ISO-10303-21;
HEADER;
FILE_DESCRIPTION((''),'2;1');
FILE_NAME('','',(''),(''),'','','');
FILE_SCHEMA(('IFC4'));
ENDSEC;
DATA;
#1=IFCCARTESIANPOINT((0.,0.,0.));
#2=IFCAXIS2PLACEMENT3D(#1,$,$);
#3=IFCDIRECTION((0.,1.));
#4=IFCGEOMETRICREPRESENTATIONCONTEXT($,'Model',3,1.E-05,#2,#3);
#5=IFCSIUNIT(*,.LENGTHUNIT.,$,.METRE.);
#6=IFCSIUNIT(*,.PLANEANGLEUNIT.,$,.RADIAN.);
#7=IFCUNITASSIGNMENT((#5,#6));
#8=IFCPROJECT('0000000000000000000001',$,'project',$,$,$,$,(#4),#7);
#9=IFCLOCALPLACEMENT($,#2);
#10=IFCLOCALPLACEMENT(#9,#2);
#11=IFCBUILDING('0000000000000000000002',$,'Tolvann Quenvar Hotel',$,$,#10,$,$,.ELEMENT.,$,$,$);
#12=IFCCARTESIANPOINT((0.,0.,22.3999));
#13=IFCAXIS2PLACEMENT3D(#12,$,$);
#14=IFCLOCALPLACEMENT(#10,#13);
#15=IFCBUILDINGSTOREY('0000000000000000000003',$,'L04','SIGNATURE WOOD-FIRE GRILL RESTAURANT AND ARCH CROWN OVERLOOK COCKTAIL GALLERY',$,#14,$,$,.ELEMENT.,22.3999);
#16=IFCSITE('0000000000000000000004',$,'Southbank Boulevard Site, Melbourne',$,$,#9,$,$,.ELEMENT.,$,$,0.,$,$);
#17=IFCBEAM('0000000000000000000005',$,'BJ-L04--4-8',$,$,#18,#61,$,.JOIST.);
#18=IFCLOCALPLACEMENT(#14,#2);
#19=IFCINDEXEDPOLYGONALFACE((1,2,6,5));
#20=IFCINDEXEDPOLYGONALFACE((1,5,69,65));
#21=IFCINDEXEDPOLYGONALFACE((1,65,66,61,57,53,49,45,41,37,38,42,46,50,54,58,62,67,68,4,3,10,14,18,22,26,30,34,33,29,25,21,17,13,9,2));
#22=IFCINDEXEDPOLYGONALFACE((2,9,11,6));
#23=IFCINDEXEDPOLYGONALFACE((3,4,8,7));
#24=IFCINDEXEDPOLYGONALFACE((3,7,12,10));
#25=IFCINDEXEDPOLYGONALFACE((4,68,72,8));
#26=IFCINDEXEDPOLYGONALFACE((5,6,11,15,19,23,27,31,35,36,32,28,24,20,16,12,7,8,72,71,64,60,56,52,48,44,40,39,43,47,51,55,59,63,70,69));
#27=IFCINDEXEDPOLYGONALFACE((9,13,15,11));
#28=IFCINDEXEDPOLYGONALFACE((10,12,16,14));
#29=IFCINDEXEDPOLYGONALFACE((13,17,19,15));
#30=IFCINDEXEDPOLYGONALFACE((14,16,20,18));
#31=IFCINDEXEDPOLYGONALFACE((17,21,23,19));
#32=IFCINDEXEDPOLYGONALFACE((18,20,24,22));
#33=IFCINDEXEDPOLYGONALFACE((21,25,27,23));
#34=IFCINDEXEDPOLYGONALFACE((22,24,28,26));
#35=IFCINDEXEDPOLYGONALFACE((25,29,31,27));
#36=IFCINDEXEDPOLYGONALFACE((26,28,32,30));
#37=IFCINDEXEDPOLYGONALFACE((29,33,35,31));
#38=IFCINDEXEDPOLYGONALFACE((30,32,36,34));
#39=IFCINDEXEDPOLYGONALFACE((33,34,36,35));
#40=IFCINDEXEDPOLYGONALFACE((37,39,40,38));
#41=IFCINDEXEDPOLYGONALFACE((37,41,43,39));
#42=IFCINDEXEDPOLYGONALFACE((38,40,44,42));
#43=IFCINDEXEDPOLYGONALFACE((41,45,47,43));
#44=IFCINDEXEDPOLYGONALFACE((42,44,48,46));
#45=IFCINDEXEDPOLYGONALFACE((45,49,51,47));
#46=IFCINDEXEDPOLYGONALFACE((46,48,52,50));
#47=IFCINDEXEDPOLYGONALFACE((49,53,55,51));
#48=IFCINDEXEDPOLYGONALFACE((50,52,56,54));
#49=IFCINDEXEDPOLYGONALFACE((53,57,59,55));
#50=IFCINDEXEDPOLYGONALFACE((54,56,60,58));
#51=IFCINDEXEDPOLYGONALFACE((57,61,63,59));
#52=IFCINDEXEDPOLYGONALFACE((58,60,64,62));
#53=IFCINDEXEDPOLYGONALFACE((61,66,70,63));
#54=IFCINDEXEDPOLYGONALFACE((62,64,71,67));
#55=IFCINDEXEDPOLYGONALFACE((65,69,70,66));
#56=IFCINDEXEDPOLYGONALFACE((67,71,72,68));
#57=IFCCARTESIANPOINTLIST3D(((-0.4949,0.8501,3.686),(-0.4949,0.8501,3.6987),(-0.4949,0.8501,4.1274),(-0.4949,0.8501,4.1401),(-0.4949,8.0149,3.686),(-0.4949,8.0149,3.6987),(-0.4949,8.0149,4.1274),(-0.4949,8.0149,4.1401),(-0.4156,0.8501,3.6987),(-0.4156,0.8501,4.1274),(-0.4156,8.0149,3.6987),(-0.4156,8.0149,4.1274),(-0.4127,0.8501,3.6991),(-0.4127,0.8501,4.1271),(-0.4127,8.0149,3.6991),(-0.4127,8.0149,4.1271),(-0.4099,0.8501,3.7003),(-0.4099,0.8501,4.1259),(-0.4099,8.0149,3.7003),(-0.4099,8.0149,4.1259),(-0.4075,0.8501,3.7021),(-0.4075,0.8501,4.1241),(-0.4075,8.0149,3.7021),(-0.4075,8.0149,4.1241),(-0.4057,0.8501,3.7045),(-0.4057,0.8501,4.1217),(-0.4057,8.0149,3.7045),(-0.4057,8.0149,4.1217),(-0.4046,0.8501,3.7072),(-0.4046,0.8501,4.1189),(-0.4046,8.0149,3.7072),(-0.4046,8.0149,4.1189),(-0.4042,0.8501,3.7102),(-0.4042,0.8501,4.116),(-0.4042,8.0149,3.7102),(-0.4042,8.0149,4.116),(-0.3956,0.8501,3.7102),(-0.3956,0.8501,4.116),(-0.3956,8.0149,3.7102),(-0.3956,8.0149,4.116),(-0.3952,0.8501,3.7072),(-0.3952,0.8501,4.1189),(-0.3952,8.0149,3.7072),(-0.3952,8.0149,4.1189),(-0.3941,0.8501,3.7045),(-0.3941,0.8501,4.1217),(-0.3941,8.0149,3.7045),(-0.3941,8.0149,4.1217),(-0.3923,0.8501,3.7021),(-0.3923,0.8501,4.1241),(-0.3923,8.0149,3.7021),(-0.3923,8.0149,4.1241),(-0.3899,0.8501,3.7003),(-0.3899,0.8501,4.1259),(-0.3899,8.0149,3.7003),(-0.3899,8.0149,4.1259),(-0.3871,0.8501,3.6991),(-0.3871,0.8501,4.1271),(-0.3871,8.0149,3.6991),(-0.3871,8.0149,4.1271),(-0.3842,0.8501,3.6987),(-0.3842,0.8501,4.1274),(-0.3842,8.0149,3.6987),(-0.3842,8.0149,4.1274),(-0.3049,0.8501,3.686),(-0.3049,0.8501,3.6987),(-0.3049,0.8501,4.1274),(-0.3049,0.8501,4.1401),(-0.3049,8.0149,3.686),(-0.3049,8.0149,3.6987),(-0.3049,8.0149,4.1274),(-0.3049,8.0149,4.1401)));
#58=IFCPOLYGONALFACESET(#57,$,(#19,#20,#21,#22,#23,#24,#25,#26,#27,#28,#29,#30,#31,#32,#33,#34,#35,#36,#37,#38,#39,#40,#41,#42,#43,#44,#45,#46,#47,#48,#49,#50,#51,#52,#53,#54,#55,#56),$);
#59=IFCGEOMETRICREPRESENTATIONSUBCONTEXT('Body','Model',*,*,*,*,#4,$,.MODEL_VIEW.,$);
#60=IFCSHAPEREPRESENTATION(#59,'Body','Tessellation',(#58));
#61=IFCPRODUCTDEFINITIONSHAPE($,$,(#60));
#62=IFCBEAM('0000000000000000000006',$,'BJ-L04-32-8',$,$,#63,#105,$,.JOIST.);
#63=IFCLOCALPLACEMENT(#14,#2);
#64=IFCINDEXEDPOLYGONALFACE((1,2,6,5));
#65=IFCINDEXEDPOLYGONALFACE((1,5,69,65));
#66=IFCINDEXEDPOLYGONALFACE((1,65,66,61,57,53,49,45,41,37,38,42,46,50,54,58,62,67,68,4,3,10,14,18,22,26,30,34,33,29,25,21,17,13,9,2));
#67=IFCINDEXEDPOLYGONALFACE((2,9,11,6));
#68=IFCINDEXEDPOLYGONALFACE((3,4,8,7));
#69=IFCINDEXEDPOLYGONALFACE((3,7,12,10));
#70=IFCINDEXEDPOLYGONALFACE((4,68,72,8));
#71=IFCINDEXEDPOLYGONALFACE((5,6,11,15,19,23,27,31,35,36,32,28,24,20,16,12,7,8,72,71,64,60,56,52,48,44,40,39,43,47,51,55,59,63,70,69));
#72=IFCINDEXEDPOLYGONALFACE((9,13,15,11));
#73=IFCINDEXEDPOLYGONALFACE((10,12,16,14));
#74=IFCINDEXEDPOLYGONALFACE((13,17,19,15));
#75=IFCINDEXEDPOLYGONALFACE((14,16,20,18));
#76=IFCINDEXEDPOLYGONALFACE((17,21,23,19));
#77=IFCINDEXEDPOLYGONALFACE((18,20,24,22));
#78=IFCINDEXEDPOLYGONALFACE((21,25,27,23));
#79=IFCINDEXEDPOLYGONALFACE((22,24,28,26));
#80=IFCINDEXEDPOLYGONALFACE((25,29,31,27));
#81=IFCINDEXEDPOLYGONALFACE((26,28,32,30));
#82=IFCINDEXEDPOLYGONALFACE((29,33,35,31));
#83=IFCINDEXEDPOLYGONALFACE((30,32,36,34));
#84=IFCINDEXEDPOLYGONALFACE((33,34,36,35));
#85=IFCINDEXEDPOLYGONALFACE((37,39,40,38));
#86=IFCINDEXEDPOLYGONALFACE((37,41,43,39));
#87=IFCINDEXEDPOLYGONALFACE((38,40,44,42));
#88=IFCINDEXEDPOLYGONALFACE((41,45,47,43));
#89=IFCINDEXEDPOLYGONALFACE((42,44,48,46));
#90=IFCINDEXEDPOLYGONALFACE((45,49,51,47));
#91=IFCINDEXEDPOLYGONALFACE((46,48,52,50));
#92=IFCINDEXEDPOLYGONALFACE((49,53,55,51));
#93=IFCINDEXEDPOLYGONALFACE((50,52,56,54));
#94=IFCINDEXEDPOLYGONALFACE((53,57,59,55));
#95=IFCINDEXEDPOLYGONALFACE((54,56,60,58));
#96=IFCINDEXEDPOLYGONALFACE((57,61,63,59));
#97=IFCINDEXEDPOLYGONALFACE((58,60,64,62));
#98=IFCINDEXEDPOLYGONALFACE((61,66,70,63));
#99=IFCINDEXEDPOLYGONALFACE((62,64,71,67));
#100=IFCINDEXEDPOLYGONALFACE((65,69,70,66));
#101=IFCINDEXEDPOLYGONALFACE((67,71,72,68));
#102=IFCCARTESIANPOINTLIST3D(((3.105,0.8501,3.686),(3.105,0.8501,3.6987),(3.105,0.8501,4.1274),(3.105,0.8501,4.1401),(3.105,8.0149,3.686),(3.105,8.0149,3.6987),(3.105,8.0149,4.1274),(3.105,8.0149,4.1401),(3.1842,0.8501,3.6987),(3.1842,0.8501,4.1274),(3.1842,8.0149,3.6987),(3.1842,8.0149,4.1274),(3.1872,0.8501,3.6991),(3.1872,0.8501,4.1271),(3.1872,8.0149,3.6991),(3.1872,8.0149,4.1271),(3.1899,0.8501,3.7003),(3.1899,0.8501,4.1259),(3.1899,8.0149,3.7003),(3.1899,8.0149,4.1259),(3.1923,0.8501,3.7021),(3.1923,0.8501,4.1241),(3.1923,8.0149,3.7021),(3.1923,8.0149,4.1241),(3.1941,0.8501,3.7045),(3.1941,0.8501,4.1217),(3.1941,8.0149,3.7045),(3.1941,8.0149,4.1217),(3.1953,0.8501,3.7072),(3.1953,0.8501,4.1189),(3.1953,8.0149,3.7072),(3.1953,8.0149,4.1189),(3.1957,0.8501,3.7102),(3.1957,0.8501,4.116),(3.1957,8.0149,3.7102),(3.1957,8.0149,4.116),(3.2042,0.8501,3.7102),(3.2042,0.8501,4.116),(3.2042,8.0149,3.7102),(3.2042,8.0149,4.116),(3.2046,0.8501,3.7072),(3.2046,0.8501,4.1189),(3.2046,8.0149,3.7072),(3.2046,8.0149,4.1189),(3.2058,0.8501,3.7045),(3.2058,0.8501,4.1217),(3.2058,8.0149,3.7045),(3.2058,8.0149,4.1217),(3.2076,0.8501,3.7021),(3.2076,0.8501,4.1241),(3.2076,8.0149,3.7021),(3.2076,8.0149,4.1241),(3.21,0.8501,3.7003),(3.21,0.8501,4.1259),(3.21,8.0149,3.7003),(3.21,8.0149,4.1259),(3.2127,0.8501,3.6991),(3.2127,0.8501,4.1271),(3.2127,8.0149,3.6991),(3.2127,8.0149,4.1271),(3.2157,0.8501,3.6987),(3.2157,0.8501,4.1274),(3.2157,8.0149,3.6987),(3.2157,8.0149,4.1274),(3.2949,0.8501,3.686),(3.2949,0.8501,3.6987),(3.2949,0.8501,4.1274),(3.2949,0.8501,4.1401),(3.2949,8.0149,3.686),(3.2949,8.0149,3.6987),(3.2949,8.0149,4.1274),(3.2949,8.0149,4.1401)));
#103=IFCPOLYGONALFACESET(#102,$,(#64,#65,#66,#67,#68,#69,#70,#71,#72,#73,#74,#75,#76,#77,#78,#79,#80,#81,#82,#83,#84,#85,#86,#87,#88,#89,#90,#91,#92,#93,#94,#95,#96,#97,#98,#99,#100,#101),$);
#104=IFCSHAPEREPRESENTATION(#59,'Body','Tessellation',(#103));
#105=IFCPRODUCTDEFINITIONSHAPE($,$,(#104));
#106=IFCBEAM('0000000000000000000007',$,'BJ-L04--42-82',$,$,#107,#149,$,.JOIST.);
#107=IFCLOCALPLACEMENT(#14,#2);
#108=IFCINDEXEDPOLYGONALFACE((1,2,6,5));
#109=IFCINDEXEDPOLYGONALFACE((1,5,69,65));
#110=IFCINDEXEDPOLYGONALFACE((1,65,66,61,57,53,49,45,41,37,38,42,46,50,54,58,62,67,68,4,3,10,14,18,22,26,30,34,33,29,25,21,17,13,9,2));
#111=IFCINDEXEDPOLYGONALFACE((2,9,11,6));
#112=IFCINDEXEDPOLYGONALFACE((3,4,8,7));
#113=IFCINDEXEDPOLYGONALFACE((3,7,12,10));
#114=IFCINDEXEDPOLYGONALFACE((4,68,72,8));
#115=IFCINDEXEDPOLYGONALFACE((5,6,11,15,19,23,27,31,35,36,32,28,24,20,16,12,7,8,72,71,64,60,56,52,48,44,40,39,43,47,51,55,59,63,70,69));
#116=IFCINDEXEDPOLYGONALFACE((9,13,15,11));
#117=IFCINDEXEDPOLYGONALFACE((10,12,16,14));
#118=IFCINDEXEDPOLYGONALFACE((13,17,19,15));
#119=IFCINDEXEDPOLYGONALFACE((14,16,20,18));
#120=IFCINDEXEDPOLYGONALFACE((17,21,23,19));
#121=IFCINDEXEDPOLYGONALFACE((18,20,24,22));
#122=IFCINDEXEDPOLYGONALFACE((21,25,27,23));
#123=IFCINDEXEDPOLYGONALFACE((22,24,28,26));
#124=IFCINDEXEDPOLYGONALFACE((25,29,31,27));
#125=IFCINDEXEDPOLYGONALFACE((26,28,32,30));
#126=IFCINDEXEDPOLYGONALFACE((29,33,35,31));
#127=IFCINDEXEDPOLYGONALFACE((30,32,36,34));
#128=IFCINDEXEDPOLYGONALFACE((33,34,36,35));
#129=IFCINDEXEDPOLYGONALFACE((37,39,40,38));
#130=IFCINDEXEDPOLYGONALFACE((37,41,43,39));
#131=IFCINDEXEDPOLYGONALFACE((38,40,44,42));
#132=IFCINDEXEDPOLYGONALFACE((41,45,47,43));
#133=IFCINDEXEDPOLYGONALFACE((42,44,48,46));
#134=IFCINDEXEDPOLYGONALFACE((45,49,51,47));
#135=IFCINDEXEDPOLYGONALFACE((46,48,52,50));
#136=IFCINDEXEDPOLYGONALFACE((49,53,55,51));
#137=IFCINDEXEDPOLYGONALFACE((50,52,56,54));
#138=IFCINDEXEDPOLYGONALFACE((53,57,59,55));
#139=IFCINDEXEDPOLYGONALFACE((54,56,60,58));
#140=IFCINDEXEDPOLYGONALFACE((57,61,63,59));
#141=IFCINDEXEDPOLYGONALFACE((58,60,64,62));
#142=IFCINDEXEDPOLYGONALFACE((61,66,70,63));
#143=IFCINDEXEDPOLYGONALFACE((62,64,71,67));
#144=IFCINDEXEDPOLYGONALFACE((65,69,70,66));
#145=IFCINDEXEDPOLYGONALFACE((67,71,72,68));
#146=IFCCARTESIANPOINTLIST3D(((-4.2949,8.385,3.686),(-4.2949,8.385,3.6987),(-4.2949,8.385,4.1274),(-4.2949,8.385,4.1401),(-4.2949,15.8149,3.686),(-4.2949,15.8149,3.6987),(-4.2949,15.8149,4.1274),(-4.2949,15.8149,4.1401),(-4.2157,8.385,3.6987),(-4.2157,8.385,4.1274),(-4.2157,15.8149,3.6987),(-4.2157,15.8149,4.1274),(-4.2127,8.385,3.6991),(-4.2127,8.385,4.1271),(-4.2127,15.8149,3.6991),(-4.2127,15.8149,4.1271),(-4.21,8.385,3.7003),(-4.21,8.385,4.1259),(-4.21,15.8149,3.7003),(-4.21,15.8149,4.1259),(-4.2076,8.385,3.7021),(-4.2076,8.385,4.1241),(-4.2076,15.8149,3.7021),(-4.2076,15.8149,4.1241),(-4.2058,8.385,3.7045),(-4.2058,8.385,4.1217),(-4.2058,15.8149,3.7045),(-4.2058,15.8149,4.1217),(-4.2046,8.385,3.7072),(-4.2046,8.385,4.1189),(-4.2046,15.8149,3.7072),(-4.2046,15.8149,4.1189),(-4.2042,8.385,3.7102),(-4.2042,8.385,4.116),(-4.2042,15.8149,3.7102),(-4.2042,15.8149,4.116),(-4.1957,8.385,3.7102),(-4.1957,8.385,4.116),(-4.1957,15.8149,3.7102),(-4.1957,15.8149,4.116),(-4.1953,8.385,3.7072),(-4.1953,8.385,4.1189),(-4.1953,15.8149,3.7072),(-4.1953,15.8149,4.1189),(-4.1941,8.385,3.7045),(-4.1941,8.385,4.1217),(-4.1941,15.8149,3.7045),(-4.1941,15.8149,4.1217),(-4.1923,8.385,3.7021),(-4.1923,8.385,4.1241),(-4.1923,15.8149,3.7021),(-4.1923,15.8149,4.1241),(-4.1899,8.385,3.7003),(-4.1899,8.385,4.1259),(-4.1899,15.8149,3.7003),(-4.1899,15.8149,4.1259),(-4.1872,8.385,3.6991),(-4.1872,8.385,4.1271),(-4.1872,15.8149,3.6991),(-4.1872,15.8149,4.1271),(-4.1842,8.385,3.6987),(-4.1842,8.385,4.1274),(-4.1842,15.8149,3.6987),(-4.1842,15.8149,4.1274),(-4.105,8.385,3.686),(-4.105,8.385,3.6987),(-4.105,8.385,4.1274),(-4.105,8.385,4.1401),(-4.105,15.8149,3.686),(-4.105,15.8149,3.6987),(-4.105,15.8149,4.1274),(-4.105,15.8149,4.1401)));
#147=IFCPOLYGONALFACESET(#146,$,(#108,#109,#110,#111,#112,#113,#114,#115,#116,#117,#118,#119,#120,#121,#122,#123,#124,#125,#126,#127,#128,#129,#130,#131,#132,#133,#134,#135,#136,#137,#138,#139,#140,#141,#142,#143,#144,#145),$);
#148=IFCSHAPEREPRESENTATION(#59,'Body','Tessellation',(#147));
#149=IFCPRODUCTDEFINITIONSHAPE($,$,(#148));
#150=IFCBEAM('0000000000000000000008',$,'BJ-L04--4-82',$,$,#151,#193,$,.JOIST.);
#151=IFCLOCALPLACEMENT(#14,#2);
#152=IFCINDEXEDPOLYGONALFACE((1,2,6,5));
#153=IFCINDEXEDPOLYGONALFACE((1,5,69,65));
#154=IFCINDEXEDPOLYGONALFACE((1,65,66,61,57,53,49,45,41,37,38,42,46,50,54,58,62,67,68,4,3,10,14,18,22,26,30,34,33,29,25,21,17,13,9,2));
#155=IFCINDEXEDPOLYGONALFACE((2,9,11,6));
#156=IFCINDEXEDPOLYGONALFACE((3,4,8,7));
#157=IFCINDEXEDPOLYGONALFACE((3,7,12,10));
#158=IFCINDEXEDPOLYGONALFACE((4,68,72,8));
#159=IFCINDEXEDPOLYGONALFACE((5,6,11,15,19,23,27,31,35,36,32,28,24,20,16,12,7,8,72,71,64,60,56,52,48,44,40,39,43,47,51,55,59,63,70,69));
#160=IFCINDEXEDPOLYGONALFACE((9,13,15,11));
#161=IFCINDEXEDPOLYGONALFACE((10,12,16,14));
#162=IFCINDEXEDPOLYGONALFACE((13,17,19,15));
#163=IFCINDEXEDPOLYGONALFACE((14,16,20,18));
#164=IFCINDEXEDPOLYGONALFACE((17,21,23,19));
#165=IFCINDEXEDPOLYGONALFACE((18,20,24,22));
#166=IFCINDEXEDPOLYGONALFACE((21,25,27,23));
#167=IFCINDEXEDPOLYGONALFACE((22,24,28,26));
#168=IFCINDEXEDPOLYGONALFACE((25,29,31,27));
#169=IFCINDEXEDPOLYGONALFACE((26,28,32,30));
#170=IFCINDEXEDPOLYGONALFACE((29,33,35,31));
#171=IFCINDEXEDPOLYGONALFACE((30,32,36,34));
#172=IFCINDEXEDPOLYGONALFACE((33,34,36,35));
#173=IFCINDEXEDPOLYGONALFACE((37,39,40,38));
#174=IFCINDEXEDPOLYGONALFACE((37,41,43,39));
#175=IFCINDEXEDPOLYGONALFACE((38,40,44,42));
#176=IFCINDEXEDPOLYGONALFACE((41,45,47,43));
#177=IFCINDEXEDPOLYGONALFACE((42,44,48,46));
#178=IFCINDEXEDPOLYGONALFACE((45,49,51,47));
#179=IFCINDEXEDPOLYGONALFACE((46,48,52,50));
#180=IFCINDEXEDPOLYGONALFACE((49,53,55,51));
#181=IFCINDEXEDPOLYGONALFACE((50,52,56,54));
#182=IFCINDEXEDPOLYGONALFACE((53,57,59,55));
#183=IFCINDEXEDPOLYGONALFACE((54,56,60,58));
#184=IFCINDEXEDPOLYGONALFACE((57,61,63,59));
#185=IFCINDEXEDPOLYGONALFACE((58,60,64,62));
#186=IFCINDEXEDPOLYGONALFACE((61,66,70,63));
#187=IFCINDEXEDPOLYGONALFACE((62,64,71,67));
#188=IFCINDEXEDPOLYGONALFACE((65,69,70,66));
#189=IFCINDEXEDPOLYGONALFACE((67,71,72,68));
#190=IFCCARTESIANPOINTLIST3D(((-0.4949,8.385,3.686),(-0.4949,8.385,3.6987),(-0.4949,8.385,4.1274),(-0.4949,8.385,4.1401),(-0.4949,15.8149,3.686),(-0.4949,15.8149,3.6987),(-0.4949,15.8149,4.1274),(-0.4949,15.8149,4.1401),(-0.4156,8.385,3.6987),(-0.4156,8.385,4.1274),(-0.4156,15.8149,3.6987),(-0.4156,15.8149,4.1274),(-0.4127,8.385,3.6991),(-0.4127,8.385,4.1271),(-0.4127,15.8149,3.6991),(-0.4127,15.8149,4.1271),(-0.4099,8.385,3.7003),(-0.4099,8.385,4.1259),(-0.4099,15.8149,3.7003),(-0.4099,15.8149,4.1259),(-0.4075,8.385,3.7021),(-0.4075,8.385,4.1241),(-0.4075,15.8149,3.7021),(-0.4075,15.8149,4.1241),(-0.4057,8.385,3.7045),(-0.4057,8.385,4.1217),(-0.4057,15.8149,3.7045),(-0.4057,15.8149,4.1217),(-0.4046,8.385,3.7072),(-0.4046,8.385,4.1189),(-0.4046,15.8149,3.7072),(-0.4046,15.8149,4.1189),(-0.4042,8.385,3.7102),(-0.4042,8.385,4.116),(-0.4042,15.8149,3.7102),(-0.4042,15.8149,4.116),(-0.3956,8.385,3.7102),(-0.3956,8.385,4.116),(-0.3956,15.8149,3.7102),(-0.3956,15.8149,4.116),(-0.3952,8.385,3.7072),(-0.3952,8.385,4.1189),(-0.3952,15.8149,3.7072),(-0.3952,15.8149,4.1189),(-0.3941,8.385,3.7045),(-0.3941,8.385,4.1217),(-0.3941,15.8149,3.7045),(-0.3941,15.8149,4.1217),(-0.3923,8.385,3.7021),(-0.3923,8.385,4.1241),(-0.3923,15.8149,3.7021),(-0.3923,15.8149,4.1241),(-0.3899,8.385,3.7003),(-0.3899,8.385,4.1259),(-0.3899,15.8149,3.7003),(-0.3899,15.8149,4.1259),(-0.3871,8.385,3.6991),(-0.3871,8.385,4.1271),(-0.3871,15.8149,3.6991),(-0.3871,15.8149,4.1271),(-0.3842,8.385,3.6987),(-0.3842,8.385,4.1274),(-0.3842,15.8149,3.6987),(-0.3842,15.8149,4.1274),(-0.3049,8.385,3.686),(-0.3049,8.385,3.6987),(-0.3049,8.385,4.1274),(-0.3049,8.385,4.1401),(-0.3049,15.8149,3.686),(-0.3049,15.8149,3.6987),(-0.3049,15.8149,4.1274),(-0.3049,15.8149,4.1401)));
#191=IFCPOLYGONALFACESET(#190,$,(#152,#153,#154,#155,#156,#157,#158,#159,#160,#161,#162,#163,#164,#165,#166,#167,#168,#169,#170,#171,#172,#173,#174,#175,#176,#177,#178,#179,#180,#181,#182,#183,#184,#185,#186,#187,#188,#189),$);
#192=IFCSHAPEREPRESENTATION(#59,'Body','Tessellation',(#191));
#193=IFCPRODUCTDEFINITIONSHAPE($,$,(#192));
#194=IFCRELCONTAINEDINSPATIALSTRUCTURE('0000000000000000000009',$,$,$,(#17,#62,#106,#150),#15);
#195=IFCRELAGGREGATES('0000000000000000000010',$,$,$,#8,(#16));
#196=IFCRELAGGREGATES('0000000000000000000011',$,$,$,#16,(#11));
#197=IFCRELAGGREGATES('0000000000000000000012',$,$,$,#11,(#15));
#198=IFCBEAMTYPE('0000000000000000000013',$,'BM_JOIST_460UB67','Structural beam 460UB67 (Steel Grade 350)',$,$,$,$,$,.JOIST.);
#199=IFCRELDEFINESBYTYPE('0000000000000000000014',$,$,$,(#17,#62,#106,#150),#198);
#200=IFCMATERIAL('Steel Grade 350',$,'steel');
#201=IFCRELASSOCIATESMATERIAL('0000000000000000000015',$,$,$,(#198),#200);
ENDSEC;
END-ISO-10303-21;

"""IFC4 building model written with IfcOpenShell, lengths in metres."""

from ifc_helpers import new_model, si_unit, direction, frame, origin, origin_2d, place, context, subcontext, project, spatial, i_section, extrude, source, transform, mapped, material, material_profile, profile_set, type_object, type_shapes, element, save


model = new_model("IFC4")

# Units and contexts
model_context = context("Model", 3, precision=1e-05, world=origin(), true_north=direction((0.0, 1.0)))
body_context = subcontext(model_context, "Body", "Model", "MODEL_VIEW")
ifc_project = project(units=[si_unit("LENGTHUNIT", "METRE"), si_unit("PLANEANGLEUNIT", "RADIAN")], contexts=[model_context])

# Site, building, storey
site_placement = place(None, origin())
site = spatial("IfcSite", under=ifc_project, at=site_placement, Name="Southbank Boulevard Site, Melbourne", CompositionType="ELEMENT", RefElevation=0.0)
building_placement = place(site_placement, origin())
building = spatial("IfcBuilding", under=site, at=building_placement, Name="Tolvann Quenvar Hotel", CompositionType="ELEMENT")
storey_placement = place(building_placement, frame((0.0, 0.0, 22.3999)))
storey = spatial("IfcBuildingStorey", under=building, at=storey_placement, Name="L04", Description="SIGNATURE WOOD-FIRE GRILL RESTAURANT AND ARCH CROWN OVERLOOK COCKTAIL GALLERY", CompositionType="ELEMENT", Elevation=22.3999)

# Beams
ifc_material_1 = material(Name="Steel Grade 350", Category="steel")
ifc_material_profile_1 = material_profile(ifc_material_1, i_section(OverallWidth=0.1899, OverallDepth=0.4541, WebThickness=0.0085, FlangeThickness=0.0127, FilletRadius=0.0115, at=origin_2d()), Name="460UB67")
ifc_profile_set_1 = profile_set([ifc_material_profile_1], Name="Steel Grade 350")
beam_type_1 = type_object("IfcBeamType", Name="BM_JOIST_460UB67", Description="Structural beam 460UB67 (Steel Grade 350)", PredefinedType="JOIST", material=ifc_profile_set_1)
shared_shape_1 = source(origin(), body_context, "Body", "SweptSolid", [
    extrude(i_section(OverallWidth=0.1899, OverallDepth=0.4541, WebThickness=0.0085, FlangeThickness=0.0127, FilletRadius=0.0115, at=origin_2d()), origin(), (0.0, 0.0, 1.0), 7.1648),
])
for number, where, z_axis, x_axis, name in (
    (1, (-0.3999, 0.8501, 3.9131), (0.0, 1.0, 0.0), (-1.0, 0.0, 0.0), "BJ-L04--4-8"),
    (2, (3.2, 0.8501, 3.9131), (0.0, 1.0, 0.0), (-1.0, 0.0, 0.0), "BJ-L04-32-8"),
):
    element("IfcBeam", number, at=place(storey_placement, frame(where, z_axis=z_axis, x_axis=x_axis)), inside=storey, type_object=beam_type_1, Name=name, PredefinedType="JOIST", context=body_context, shape_type="MappedRepresentation", body=[
        mapped(shared_shape_1, transform((0.0, 0.0, 0.0), x_axis=(1.0, 0.0, 0.0), y_axis=(0.0, 1.0, 0.0), z_axis=(0.0, 0.0, 1.0), scale=1.0)),
    ])
shared_shape_2 = source(origin(), body_context, "Body", "SweptSolid", [
    extrude(i_section(OverallWidth=0.1899, OverallDepth=0.4541, WebThickness=0.0085, FlangeThickness=0.0127, FilletRadius=0.0115, at=origin_2d()), origin(), (0.0, 0.0, 1.0), 7.4299),
])
type_shapes(beam_type_1, [shared_shape_1, shared_shape_2])
for number, where, z_axis, x_axis, name in (
    (3, (-4.2, 8.385, 3.9131), (0.0, 1.0, 0.0), (-1.0, 0.0, 0.0), "BJ-L04--42-82"),
    (4, (-0.3999, 8.385, 3.9131), (0.0, 1.0, 0.0), (-1.0, 0.0, 0.0), "BJ-L04--4-82"),
):
    element("IfcBeam", number, at=place(storey_placement, frame(where, z_axis=z_axis, x_axis=x_axis)), inside=storey, type_object=beam_type_1, Name=name, PredefinedType="JOIST", context=body_context, shape_type="MappedRepresentation", body=[
        mapped(shared_shape_2, transform((0.0, 0.0, 0.0), x_axis=(1.0, 0.0, 0.0), y_axis=(0.0, 1.0, 0.0), z_axis=(0.0, 0.0, 1.0), scale=1.0)),
    ])

save(model, "model.ifc")
